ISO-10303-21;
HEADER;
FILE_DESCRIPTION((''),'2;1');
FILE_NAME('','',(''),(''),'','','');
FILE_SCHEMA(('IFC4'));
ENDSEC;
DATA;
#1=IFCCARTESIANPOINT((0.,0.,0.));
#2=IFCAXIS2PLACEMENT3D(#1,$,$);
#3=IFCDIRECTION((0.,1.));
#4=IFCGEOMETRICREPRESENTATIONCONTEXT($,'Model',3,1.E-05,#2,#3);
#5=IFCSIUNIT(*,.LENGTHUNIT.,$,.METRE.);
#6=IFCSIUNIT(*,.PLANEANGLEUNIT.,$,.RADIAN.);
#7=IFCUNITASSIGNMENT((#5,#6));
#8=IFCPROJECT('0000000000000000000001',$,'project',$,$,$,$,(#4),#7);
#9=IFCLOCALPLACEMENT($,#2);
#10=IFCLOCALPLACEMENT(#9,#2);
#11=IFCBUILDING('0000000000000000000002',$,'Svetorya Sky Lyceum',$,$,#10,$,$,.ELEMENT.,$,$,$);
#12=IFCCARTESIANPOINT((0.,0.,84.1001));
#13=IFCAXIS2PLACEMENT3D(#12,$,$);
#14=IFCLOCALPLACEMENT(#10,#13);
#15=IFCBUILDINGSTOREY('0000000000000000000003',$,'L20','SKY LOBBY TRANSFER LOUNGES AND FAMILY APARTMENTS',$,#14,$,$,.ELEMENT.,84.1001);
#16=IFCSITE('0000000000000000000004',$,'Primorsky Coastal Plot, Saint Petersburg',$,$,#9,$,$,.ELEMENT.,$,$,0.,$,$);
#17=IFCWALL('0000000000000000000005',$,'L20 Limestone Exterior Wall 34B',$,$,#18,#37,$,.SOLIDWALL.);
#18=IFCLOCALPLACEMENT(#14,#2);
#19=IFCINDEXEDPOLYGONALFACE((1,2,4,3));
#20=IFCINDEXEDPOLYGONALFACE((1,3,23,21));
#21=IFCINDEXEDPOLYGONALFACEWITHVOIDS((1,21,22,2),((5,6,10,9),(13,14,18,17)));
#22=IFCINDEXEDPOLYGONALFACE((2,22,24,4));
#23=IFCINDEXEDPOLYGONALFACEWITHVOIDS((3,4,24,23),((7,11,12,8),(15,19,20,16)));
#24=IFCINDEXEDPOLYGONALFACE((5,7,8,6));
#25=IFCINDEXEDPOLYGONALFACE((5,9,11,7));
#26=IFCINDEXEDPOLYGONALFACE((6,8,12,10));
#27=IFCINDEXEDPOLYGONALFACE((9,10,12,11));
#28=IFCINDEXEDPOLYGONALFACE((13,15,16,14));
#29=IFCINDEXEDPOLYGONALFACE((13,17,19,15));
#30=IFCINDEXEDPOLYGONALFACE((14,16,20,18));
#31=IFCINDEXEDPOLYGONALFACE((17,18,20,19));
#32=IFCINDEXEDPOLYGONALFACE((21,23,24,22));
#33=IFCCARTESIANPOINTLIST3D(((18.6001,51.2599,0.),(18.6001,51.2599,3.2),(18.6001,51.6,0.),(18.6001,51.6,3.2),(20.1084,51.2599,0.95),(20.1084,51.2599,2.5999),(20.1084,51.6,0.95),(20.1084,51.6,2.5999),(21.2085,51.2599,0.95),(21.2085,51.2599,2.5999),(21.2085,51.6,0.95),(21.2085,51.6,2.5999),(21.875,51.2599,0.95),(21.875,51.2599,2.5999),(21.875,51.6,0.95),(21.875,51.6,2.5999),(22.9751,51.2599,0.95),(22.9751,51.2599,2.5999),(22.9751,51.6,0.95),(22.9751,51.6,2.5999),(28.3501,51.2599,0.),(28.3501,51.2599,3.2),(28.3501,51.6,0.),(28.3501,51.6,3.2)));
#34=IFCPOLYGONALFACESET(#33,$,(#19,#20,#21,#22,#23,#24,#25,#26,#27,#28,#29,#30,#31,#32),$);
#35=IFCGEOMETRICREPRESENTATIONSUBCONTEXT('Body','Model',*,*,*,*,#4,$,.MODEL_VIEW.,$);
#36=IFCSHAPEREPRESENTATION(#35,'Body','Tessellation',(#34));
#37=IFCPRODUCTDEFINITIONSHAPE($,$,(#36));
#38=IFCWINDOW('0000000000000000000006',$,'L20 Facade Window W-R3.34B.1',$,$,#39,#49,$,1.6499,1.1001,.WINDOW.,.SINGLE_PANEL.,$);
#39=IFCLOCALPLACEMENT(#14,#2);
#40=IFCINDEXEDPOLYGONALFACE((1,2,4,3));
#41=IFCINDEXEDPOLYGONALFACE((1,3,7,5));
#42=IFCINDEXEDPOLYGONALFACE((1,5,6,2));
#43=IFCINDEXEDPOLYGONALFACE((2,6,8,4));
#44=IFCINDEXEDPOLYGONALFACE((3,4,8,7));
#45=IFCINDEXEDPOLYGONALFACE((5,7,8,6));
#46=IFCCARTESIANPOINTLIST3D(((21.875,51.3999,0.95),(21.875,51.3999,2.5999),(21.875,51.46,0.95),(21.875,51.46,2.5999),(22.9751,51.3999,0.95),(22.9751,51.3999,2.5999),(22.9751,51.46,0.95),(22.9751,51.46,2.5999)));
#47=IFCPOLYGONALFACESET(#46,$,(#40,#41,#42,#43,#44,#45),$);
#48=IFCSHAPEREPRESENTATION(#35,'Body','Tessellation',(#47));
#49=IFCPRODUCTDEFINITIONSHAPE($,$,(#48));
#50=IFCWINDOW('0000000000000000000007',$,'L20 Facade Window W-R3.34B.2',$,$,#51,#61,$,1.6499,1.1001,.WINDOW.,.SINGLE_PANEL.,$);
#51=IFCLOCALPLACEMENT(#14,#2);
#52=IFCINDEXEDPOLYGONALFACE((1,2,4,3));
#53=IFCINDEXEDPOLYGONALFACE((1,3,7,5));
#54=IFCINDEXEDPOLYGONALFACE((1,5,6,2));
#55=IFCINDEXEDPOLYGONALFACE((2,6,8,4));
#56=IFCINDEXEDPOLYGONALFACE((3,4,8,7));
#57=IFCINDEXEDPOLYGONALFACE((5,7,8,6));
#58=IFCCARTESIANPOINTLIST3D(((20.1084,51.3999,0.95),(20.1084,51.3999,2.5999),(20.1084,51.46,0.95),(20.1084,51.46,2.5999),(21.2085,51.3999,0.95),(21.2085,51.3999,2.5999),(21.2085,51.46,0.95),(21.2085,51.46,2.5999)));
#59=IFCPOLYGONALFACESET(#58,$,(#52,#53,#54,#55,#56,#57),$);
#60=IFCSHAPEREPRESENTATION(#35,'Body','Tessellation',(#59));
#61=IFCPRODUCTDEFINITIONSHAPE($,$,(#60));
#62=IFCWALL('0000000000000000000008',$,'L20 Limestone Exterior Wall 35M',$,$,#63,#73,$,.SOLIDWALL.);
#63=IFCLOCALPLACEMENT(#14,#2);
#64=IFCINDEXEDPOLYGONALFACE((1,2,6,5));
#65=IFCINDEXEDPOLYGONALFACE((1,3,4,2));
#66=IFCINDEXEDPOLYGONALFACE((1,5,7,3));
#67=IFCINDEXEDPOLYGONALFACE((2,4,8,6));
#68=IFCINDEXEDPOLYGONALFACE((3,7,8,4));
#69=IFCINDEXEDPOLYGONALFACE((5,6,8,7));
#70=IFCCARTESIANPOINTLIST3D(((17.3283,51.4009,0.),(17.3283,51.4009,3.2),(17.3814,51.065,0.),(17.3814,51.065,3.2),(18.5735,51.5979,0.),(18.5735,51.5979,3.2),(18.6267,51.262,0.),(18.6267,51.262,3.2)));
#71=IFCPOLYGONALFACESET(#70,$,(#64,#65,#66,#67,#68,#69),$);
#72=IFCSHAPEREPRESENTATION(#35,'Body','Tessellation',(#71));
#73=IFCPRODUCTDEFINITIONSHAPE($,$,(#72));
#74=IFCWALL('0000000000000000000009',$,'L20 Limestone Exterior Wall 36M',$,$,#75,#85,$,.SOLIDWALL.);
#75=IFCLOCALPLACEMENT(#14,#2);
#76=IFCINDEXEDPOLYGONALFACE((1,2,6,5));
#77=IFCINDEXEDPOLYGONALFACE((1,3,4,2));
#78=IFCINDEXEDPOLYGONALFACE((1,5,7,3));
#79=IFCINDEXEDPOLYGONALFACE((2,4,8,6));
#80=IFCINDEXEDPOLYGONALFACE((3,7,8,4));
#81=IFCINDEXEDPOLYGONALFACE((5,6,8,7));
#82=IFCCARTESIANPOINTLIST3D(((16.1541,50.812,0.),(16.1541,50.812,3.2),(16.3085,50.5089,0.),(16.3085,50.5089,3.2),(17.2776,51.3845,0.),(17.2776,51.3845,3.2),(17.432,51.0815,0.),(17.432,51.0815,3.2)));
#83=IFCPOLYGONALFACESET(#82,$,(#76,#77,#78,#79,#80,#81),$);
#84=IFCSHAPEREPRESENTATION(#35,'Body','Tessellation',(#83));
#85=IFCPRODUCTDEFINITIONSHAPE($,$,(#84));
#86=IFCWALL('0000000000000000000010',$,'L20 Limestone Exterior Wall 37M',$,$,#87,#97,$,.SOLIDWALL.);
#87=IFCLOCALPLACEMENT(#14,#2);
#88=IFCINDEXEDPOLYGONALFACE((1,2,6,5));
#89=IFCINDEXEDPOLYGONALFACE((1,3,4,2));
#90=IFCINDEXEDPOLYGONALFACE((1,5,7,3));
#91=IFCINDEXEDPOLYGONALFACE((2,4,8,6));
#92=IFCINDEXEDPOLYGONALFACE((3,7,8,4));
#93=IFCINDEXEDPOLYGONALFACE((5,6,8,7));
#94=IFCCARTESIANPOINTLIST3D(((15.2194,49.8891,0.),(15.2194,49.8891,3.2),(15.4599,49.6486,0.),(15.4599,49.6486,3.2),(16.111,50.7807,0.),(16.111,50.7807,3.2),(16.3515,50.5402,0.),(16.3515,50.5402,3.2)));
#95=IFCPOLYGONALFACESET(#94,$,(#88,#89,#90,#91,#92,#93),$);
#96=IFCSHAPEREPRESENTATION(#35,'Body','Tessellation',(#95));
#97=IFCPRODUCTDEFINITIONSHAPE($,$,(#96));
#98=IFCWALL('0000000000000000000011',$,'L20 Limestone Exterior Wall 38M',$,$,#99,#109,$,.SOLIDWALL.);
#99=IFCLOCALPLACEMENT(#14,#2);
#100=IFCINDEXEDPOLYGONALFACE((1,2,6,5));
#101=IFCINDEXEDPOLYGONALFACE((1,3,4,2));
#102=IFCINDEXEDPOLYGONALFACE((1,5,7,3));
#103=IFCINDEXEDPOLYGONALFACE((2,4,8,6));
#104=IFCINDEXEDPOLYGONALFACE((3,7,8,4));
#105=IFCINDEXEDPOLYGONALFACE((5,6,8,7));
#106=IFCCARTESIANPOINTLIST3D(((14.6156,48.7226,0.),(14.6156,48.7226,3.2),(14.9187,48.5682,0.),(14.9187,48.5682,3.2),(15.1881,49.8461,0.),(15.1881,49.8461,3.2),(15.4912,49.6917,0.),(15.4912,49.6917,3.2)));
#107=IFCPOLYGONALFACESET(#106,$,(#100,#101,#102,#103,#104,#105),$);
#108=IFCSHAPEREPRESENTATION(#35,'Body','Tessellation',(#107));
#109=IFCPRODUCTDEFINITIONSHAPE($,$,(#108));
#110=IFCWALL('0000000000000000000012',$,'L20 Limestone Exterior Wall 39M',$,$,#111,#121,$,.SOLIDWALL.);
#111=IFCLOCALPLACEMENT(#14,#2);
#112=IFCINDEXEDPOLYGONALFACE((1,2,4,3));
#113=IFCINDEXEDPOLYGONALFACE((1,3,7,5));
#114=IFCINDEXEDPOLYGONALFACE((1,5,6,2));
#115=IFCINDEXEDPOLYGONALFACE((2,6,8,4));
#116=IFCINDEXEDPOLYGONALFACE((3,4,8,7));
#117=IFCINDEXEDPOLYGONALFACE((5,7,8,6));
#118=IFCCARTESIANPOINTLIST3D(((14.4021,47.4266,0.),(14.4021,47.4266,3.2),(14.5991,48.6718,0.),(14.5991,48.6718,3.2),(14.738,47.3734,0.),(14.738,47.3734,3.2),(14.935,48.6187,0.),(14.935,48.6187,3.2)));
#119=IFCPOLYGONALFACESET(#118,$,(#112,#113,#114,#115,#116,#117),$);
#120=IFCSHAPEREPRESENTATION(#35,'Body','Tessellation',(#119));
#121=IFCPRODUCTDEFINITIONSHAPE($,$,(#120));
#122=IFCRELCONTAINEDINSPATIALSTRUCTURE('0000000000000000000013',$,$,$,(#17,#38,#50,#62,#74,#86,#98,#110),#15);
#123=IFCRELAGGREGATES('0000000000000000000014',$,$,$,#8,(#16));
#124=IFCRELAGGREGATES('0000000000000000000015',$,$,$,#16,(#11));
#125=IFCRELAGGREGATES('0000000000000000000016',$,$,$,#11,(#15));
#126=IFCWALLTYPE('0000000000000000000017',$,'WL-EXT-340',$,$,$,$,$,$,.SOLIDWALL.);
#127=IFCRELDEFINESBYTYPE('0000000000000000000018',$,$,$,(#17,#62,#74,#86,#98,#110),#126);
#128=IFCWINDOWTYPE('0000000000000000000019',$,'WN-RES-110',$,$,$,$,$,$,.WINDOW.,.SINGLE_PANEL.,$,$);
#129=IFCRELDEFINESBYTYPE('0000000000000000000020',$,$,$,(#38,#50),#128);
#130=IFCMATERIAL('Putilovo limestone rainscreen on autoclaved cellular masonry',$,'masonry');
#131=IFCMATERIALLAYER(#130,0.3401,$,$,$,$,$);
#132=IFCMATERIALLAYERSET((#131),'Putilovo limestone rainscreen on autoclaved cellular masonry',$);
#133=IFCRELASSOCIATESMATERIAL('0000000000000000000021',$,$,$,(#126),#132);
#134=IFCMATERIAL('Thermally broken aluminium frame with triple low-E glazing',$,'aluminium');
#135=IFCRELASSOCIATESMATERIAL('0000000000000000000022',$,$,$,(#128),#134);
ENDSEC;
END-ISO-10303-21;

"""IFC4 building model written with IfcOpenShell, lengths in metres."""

from ifc_helpers import new_model, si_unit, direction, frame, frame_2d, origin, place, context, subcontext, project, spatial, rectangle, extrude, material, layer, layer_set, type_object, element, fill, save


model = new_model("IFC4")

# Units and contexts
model_context = context("Model", 3, precision=1e-05, world=origin(), true_north=direction((0.0, 1.0)))
body_context = subcontext(model_context, "Body", "Model", "MODEL_VIEW")
ifc_project = project(units=[si_unit("LENGTHUNIT", "METRE"), si_unit("PLANEANGLEUNIT", "RADIAN")], contexts=[model_context])

# Site, building, storey
site_placement = place(None, origin())
site = spatial("IfcSite", under=ifc_project, at=site_placement, Name="Primorsky Coastal Plot, Saint Petersburg", CompositionType="ELEMENT", RefElevation=0.0)
building_placement = place(site_placement, origin())
building = spatial("IfcBuilding", under=site, at=building_placement, Name="Svetorya Sky Lyceum", CompositionType="ELEMENT")
storey_placement = place(building_placement, frame((0.0, 0.0, 84.1001)))
storey = spatial("IfcBuildingStorey", under=building, at=storey_placement, Name="L20", Description="SKY LOBBY TRANSFER LOUNGES AND FAMILY APARTMENTS", CompositionType="ELEMENT", Elevation=84.1001)

# Wall, openings, windows
ifc_material_1 = material(Name="Putilovo limestone rainscreen on autoclaved cellular masonry", Category="masonry")
ifc_layer_1 = layer(ifc_material_1, 0.3401)
ifc_layer_set_1 = layer_set([ifc_layer_1], Name="Putilovo limestone rainscreen on autoclaved cellular masonry")
wall_type_1 = type_object("IfcWallType", Name="WL-EXT-340", PredefinedType="SOLIDWALL", material=ifc_layer_set_1)
wall_1_placement = place(storey_placement, frame((28.3501, 51.4299, 0.0), z_axis=(0.0, 0.0, 1.0), x_axis=(-1.0, 0.0, 0.0)))
wall_1 = element("IfcWall", 1, at=wall_1_placement, inside=storey, type_object=wall_type_1, Name="L20 Limestone Exterior Wall 34B", PredefinedType="SOLIDWALL", context=body_context, shape_type="SweptSolid", body=[
    extrude(rectangle(XDim=9.75, YDim=0.3401, at=frame_2d((4.875, 0.0))), origin(), (0.0, 0.0, 1.0), 3.2),
])
opening_1_placement = place(wall_1_placement, frame((5.375, 0.0, 0.95)))
opening_1 = element("IfcOpeningElement", 2, at=opening_1_placement, cuts=wall_1, PredefinedType="OPENING", context=body_context, shape_type="SweptSolid", body=[
    extrude(rectangle(XDim=1.1001, YDim=1.6499, at=frame_2d((0.55, 0.825))), frame((0.0, 0.1799, 0.0), z_axis=(0.0, -1.0, 0.0), x_axis=(1.0, 0.0, 0.0)), (0.0, 0.0, 1.0), 0.3601),
])
opening_2_placement = place(wall_1_placement, frame((7.1416, 0.0, 0.95)))
opening_2 = element("IfcOpeningElement", 3, at=opening_2_placement, cuts=wall_1, PredefinedType="OPENING", context=body_context, shape_type="SweptSolid", body=[
    extrude(rectangle(XDim=1.1001, YDim=1.6499, at=frame_2d((0.55, 0.825))), frame((0.0, 0.1799, 0.0), z_axis=(0.0, -1.0, 0.0), x_axis=(1.0, 0.0, 0.0)), (0.0, 0.0, 1.0), 0.3601),
])
ifc_material_2 = material(Name="Thermally broken aluminium frame with triple low-E glazing", Category="aluminium")
window_type_1 = type_object("IfcWindowType", Name="WN-RES-110", PartitioningType="SINGLE_PANEL", PredefinedType="WINDOW", material=ifc_material_2)
window_1_placement = place(opening_1_placement, origin())
window_1 = element("IfcWindow", 4, at=window_1_placement, inside=storey, type_object=window_type_1, Name="L20 Facade Window W-R3.34B.1", OverallHeight=1.6499, OverallWidth=1.1001, PartitioningType="SINGLE_PANEL", PredefinedType="WINDOW", context=body_context, shape_type="SweptSolid", body=[
    extrude(rectangle(XDim=1.1001, YDim=1.6499, at=frame_2d((0.55, 0.825))), frame((0.0, 0.03, 0.0), z_axis=(0.0, -1.0, 0.0), x_axis=(1.0, 0.0, 0.0)), (0.0, 0.0, 1.0), 0.0601),
])
fill(opening_1, window_1)
window_2_placement = place(opening_2_placement, origin())
window_2 = element("IfcWindow", 5, at=window_2_placement, inside=storey, type_object=window_type_1, Name="L20 Facade Window W-R3.34B.2", OverallHeight=1.6499, OverallWidth=1.1001, PartitioningType="SINGLE_PANEL", PredefinedType="WINDOW", context=body_context, shape_type="SweptSolid", body=[
    extrude(rectangle(XDim=1.1001, YDim=1.6499, at=frame_2d((0.55, 0.825))), frame((0.0, 0.03, 0.0), z_axis=(0.0, -1.0, 0.0), x_axis=(1.0, 0.0, 0.0)), (0.0, 0.0, 1.0), 0.0601),
])
fill(opening_2, window_2)

# Walls
wall_2_placement = place(storey_placement, frame((18.6001, 51.4299, 0.0), z_axis=(0.0, 0.0, 1.0), x_axis=(-0.987716, -0.156261, 0.0)))
element("IfcWall", 6, at=wall_2_placement, inside=storey, type_object=wall_type_1, Name="L20 Limestone Exterior Wall 35M", PredefinedType="SOLIDWALL", context=body_context, shape_type="SweptSolid", body=[
    extrude(rectangle(XDim=1.2607, YDim=0.3401, at=frame_2d((0.6304, 0.0))), origin(), (0.0, 0.0, 1.0), 3.2),
])
for number, where, z_axis, x_axis, name in (
    (7, (17.3547, 51.2329, 0.0), (0.0, 0.0, 1.0), (-0.890994, -0.454016, 0.0), "L20 Limestone Exterior Wall 36M"),
    (8, (16.2312, 50.6604, 0.0), (0.0, 0.0, 1.0), (-0.707107, -0.707107, 0.0), "L20 Limestone Exterior Wall 37M"),
    (9, (15.3396, 49.7688, 0.0), (0.0, 0.0, 1.0), (-0.454016, -0.890994, 0.0), "L20 Limestone Exterior Wall 38M"),
):
    element("IfcWall", number, at=place(storey_placement, frame(where, z_axis=z_axis, x_axis=x_axis)), inside=storey, type_object=wall_type_1, Name=name, PredefinedType="SOLIDWALL", context=body_context, shape_type="SweptSolid", body=[
        extrude(rectangle(XDim=1.261, YDim=0.3401, at=frame_2d((0.6304, 0.0))), origin(), (0.0, 0.0, 1.0), 3.2),
    ])
wall_3_placement = place(storey_placement, frame((14.7671, 48.6453, 0.0), z_axis=(0.0, 0.0, 1.0), x_axis=(-0.156261, -0.987716, 0.0)))
element("IfcWall", 10, at=wall_3_placement, inside=storey, type_object=wall_type_1, Name="L20 Limestone Exterior Wall 39M", PredefinedType="SOLIDWALL", context=body_context, shape_type="SweptSolid", body=[
    extrude(rectangle(XDim=1.2607, YDim=0.3401, at=frame_2d((0.6304, 0.0))), origin(), (0.0, 0.0, 1.0), 3.2),
])

save(model, "model.ifc")
